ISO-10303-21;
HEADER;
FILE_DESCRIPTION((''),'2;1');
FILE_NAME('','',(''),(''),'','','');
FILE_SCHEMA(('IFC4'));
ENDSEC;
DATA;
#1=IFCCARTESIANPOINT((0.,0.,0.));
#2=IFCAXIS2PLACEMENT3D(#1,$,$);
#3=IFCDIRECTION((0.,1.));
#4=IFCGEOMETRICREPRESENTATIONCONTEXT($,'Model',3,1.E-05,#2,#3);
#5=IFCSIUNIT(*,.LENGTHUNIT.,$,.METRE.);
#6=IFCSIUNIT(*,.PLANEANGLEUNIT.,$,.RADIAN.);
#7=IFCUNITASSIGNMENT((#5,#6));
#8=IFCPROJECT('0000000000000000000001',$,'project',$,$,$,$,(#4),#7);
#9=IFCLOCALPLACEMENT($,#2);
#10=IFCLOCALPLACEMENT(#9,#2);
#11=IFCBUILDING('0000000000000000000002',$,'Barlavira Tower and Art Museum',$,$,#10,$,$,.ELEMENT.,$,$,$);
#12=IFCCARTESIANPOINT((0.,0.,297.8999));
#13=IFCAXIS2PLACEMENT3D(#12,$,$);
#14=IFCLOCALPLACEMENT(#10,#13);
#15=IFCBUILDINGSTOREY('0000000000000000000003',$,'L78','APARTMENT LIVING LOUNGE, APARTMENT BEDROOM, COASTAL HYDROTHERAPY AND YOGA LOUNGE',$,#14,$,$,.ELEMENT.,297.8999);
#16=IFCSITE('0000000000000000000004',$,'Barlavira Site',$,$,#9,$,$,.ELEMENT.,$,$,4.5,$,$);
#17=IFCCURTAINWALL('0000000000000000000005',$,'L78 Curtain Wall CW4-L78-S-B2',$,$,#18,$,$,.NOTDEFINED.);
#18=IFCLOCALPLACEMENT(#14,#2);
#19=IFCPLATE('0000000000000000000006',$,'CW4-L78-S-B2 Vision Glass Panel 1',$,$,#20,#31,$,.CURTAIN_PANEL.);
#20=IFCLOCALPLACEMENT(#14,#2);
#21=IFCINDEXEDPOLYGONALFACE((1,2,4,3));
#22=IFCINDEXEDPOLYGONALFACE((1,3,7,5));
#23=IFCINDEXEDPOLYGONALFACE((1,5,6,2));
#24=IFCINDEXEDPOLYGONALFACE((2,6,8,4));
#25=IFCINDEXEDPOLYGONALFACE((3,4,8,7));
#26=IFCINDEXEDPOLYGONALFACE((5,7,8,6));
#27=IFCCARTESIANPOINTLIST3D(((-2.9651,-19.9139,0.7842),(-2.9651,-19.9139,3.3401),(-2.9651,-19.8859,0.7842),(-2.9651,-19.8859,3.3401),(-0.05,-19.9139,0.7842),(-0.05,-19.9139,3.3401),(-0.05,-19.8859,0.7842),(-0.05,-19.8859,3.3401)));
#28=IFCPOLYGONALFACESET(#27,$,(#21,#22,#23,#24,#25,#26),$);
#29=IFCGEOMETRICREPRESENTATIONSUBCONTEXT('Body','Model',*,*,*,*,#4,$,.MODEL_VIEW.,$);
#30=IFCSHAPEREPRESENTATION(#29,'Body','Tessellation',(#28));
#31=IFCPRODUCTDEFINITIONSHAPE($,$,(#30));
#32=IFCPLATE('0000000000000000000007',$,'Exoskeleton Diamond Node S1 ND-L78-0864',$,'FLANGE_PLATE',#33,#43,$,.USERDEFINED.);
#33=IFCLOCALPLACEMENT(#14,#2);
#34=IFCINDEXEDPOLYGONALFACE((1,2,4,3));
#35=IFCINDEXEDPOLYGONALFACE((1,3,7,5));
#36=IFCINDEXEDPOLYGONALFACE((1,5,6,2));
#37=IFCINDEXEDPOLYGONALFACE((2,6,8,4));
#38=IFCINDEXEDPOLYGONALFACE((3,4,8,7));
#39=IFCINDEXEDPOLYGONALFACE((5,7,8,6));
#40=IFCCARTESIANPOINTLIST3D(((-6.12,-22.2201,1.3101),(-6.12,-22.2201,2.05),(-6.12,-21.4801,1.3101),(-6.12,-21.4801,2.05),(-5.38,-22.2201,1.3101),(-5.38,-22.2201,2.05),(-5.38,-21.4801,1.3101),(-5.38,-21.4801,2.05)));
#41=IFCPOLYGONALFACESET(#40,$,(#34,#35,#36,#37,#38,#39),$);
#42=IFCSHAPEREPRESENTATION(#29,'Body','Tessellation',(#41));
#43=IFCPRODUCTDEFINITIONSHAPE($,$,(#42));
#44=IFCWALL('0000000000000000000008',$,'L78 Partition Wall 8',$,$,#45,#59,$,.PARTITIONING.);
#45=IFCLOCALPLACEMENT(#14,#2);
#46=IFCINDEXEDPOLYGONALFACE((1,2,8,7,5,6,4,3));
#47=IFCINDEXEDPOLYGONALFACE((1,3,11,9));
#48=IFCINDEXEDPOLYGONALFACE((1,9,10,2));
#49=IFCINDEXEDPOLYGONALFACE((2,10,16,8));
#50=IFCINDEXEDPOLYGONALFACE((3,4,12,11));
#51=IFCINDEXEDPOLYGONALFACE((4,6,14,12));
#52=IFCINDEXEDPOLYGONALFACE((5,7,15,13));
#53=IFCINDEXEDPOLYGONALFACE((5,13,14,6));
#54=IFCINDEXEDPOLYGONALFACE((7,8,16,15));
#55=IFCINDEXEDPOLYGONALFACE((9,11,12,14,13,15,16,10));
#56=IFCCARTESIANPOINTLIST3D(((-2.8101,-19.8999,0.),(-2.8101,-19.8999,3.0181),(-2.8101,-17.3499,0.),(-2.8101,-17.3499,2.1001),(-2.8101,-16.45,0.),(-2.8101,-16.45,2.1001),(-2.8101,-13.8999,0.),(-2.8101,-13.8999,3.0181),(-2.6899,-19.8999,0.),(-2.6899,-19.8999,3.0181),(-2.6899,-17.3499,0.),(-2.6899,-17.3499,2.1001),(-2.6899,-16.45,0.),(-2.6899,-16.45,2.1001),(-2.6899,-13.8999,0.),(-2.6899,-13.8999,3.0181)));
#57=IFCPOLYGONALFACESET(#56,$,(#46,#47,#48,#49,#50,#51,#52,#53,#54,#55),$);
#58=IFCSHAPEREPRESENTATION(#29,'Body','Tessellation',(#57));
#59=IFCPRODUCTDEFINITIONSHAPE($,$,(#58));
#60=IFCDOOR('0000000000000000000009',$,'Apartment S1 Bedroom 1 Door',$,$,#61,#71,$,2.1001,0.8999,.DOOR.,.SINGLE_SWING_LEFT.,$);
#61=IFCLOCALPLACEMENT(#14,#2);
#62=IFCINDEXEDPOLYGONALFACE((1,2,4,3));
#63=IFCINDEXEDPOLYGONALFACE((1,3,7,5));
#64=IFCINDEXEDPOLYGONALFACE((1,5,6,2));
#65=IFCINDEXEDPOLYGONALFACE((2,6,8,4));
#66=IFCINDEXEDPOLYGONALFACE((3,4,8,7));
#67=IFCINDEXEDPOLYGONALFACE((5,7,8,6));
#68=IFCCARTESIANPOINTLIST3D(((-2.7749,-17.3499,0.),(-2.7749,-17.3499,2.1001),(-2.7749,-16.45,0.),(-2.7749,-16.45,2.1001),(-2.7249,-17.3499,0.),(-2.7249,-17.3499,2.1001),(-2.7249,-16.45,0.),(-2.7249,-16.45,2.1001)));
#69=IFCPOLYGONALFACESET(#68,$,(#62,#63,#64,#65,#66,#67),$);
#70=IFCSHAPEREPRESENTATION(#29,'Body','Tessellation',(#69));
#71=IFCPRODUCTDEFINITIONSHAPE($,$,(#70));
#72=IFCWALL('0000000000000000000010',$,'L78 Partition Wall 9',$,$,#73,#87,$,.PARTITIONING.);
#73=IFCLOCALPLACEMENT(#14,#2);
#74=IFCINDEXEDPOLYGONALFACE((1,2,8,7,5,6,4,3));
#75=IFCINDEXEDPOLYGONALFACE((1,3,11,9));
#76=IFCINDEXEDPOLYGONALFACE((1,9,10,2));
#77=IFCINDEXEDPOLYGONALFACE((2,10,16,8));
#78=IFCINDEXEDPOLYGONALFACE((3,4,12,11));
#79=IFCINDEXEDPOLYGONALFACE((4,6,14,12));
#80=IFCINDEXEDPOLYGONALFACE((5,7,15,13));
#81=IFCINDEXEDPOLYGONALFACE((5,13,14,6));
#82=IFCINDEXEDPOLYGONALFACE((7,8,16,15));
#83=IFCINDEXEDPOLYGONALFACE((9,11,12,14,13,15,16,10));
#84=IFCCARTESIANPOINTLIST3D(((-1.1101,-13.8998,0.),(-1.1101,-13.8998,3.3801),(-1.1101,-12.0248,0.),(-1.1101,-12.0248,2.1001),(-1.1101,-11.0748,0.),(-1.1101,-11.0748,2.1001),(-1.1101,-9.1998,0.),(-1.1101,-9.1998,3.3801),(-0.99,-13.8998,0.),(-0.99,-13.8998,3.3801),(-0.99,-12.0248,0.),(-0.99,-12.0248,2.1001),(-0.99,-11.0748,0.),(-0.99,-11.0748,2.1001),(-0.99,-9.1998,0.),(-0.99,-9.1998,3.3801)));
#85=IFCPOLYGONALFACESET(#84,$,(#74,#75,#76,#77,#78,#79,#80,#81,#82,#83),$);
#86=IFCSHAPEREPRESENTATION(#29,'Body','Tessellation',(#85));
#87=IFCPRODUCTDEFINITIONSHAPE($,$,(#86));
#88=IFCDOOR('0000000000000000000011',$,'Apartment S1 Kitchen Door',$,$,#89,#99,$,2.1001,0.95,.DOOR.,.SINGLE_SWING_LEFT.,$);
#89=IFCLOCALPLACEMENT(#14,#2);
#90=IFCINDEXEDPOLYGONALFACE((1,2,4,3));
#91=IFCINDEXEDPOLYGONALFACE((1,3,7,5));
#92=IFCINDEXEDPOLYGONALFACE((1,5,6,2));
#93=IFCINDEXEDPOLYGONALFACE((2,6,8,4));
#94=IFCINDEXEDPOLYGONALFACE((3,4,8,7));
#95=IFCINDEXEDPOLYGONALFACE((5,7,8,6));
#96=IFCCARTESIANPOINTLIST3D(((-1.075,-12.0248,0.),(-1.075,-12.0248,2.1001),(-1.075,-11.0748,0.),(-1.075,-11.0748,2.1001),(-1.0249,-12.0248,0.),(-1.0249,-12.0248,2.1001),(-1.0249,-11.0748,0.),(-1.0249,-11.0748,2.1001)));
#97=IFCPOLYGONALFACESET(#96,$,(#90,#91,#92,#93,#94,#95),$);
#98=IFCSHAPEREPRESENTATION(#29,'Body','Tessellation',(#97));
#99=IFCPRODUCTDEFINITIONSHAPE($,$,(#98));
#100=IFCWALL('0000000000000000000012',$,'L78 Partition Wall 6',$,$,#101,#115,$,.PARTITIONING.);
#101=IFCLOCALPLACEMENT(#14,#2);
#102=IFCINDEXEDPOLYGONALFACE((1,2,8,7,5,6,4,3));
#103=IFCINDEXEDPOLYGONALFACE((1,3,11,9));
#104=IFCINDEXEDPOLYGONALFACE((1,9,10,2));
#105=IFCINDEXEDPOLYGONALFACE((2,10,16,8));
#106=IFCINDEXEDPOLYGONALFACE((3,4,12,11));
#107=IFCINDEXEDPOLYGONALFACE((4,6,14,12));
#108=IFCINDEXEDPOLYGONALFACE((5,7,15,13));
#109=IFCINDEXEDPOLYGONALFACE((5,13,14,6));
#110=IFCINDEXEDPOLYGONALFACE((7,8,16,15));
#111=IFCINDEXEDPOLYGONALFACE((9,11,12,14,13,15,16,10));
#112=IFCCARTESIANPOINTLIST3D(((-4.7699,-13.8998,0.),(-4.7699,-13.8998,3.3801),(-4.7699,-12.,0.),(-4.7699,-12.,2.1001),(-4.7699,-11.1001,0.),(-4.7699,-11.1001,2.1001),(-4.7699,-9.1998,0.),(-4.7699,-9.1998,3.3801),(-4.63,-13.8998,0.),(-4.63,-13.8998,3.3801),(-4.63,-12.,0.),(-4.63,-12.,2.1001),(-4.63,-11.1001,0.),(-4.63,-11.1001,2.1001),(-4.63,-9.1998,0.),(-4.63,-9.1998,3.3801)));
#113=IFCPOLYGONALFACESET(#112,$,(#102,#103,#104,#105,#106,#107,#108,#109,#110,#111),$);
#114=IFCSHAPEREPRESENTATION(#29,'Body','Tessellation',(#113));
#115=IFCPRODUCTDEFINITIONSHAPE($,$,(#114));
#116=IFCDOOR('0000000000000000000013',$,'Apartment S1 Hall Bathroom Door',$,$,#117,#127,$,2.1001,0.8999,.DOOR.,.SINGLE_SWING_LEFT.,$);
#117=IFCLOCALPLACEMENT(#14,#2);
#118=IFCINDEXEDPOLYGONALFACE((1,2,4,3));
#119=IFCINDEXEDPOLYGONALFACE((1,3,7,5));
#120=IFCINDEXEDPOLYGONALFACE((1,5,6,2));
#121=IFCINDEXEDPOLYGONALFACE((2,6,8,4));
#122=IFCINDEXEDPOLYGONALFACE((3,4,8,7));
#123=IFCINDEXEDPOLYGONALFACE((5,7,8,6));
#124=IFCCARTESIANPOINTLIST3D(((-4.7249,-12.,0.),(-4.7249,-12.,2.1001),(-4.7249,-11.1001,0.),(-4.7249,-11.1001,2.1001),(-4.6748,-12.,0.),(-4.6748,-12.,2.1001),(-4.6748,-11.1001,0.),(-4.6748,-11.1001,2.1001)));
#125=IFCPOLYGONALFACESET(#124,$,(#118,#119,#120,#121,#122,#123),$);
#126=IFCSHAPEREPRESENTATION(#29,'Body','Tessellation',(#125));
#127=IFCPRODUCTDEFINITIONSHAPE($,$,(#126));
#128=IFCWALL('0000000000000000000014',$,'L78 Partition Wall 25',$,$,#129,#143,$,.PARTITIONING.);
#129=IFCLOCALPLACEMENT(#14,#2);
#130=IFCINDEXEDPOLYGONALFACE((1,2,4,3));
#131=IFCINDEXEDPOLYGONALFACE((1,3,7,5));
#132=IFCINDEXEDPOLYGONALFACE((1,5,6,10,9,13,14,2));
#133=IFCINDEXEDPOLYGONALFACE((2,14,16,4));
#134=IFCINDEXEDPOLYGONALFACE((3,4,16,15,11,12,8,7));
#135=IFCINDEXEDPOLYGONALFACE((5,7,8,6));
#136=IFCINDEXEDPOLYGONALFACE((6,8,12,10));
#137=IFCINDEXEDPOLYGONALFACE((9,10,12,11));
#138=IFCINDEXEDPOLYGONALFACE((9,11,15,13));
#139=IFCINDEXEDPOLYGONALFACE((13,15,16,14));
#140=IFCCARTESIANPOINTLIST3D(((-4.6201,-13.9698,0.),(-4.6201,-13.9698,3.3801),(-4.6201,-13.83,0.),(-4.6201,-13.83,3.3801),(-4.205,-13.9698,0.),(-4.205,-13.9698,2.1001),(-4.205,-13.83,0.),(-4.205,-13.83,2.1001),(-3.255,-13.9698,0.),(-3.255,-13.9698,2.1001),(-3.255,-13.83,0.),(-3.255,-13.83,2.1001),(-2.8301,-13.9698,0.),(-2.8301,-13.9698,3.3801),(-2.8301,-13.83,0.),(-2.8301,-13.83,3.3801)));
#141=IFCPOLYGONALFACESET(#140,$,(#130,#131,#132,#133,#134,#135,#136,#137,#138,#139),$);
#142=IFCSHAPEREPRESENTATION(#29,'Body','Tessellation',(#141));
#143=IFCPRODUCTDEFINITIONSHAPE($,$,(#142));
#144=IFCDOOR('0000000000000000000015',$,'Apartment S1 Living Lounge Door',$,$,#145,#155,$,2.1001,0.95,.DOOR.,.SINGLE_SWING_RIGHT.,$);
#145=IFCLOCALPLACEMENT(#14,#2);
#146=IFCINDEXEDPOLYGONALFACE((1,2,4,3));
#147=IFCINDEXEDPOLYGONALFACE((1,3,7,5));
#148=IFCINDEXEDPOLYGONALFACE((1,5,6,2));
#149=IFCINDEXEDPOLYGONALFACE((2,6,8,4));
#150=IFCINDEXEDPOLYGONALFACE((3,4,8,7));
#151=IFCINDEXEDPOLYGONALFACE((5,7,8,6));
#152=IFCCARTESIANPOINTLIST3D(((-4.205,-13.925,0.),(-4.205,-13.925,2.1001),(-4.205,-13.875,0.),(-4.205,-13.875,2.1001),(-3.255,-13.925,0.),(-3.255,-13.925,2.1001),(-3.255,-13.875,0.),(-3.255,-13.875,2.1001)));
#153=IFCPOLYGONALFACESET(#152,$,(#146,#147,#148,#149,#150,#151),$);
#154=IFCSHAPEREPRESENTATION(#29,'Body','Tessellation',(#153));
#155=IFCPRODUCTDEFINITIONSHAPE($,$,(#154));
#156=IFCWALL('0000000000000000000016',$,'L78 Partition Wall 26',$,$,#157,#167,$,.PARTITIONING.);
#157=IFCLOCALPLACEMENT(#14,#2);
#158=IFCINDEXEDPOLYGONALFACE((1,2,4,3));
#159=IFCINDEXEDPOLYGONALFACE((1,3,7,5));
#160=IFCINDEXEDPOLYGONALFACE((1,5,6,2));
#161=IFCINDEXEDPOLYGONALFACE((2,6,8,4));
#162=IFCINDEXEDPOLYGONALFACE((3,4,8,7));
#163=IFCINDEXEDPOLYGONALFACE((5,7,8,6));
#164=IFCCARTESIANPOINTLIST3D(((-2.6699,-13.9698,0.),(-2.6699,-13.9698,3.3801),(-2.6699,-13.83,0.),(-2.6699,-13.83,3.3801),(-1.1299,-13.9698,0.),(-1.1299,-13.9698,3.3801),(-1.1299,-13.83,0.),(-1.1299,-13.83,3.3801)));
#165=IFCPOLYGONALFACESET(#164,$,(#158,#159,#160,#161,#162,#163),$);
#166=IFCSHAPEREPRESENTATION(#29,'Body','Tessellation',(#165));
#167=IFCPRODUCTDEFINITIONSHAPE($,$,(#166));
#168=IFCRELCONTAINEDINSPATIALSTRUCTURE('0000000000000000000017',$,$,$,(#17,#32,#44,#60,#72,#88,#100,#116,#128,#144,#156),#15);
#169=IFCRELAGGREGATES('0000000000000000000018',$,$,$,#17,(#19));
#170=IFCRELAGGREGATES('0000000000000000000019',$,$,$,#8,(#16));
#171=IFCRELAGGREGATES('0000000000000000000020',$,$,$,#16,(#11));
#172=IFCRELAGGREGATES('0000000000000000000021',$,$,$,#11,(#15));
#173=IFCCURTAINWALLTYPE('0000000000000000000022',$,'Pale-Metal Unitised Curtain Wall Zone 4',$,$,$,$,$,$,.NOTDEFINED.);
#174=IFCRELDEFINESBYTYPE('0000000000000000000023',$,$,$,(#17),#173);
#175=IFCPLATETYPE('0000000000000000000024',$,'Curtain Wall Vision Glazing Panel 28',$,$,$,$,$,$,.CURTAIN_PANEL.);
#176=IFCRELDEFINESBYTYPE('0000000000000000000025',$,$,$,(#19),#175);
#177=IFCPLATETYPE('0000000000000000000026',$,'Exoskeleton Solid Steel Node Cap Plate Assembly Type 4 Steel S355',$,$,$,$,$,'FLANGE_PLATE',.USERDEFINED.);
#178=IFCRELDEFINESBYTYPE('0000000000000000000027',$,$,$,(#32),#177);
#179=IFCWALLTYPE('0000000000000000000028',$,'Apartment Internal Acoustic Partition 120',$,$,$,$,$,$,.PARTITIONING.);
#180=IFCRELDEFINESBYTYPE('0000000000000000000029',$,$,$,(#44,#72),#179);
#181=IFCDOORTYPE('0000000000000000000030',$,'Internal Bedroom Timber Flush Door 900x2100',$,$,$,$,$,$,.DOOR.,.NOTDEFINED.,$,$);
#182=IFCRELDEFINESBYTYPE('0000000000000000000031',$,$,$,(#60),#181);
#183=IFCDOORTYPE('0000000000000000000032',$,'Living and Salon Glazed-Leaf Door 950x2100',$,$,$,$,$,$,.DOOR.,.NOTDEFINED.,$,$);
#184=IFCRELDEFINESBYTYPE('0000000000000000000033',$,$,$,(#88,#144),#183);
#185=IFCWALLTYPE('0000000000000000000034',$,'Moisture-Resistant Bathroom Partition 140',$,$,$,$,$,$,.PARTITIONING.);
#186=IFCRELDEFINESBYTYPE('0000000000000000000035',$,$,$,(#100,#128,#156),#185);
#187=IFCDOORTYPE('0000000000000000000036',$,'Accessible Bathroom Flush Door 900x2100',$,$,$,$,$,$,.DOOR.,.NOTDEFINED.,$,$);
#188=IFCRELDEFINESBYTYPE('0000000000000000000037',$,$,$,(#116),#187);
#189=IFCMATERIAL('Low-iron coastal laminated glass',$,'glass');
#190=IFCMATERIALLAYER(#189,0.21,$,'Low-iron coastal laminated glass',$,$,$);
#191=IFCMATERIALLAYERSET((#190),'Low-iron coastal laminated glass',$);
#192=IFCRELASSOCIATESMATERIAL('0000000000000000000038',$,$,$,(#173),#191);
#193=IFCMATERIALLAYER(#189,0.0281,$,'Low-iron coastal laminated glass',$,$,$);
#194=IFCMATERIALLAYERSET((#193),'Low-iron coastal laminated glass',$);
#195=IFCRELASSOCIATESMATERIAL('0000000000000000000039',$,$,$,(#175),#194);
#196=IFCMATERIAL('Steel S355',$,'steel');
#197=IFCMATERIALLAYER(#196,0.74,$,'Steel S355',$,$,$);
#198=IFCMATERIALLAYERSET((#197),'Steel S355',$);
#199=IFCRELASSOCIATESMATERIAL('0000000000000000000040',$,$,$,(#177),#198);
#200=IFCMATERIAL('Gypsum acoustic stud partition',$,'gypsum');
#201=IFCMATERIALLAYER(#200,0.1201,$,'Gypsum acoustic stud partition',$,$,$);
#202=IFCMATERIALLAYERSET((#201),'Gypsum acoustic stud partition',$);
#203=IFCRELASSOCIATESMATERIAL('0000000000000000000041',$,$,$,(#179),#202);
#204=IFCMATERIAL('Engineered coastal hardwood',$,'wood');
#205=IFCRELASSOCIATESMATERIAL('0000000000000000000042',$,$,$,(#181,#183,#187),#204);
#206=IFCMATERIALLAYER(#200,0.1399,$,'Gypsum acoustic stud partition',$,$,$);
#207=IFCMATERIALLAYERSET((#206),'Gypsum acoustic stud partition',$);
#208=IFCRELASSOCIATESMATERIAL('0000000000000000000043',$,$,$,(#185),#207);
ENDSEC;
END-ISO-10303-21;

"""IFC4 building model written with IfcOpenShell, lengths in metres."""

from ifc_helpers import new_model, si_unit, direction, frame, frame_2d, origin, origin_2d, place, context, subcontext, project, spatial, rectangle, extrude, material, layer, layer_set, type_object, element, fill, aggregate, save


model = new_model("IFC4")

# Units and contexts
model_context = context("Model", 3, precision=1e-05, world=origin(), true_north=direction((0.0, 1.0)))
body_context = subcontext(model_context, "Body", "Model", "MODEL_VIEW")
ifc_project = project(units=[si_unit("LENGTHUNIT", "METRE"), si_unit("PLANEANGLEUNIT", "RADIAN")], contexts=[model_context])

# Site, building, storey
site_placement = place(None, origin())
site = spatial("IfcSite", under=ifc_project, at=site_placement, Name="Barlavira Site", CompositionType="ELEMENT", RefElevation=4.5)
building_placement = place(site_placement, origin())
building = spatial("IfcBuilding", under=site, at=building_placement, Name="Barlavira Tower and Art Museum", CompositionType="ELEMENT")
storey_placement = place(building_placement, frame((0.0, 0.0, 297.8999)))
storey = spatial("IfcBuildingStorey", under=building, at=storey_placement, Name="L78", Description="APARTMENT LIVING LOUNGE, APARTMENT BEDROOM, COASTAL HYDROTHERAPY AND YOGA LOUNGE", CompositionType="ELEMENT", Elevation=297.8999)

# Curtain wall, plate
ifc_material_1 = material(Name="Low-iron coastal laminated glass", Category="glass")
ifc_layer_1 = layer(ifc_material_1, 0.21, Name="Low-iron coastal laminated glass")
ifc_layer_set_1 = layer_set([ifc_layer_1], Name="Low-iron coastal laminated glass")
curtain_wall_type = type_object("IfcCurtainWallType", Name="Pale-Metal Unitised Curtain Wall Zone 4", PredefinedType="NOTDEFINED", material=ifc_layer_set_1)
curtain_wall_placement = place(storey_placement, origin())
curtain_wall = element("IfcCurtainWall", 1, at=curtain_wall_placement, inside=storey, type_object=curtain_wall_type, Name="L78 Curtain Wall CW4-L78-S-B2", PredefinedType="NOTDEFINED")
ifc_layer_2 = layer(ifc_material_1, 0.0281, Name="Low-iron coastal laminated glass")
ifc_layer_set_2 = layer_set([ifc_layer_2], Name="Low-iron coastal laminated glass")
plate_type_1 = type_object("IfcPlateType", Name="Curtain Wall Vision Glazing Panel 28", PredefinedType="CURTAIN_PANEL", material=ifc_layer_set_2)
plate_1_placement = place(storey_placement, frame((-1.5076, -19.8999, 0.7842), z_axis=(0.0, 0.0, 1.0), x_axis=(1.0, 0.0, 0.0)))
plate_1 = element("IfcPlate", 2, at=plate_1_placement, type_object=plate_type_1, Name="CW4-L78-S-B2 Vision Glass Panel 1", PredefinedType="CURTAIN_PANEL", context=body_context, shape_type="SweptSolid", body=[
    extrude(rectangle(XDim=2.915, YDim=0.0281, at=origin_2d()), origin(), (0.0, 0.0, 1.0), 2.5559),
])
aggregate(curtain_wall, [plate_1])

# Plate
ifc_material_2 = material(Name="Steel S355", Category="steel")
ifc_layer_3 = layer(ifc_material_2, 0.74, Name="Steel S355")
ifc_layer_set_3 = layer_set([ifc_layer_3], Name="Steel S355")
plate_type_2 = type_object("IfcPlateType", Name="Exoskeleton Solid Steel Node Cap Plate Assembly Type 4 Steel S355", ElementType="FLANGE_PLATE", PredefinedType="USERDEFINED", material=ifc_layer_set_3)
plate_2_placement = place(storey_placement, frame((-5.75, -21.8501, 1.3101), z_axis=(0.0, 0.0, 1.0), x_axis=(1.0, 0.0, 0.0)))
element("IfcPlate", 3, at=plate_2_placement, inside=storey, type_object=plate_type_2, Name="Exoskeleton Diamond Node S1 ND-L78-0864", ObjectType="FLANGE_PLATE", PredefinedType="USERDEFINED", context=body_context, shape_type="SweptSolid", body=[
    extrude(rectangle(XDim=0.74, YDim=0.74, at=origin_2d()), origin(), (0.0, 0.0, 1.0), 0.74),
])

# Walls, openings, doors
ifc_material_3 = material(Name="Gypsum acoustic stud partition", Category="gypsum")
ifc_layer_4 = layer(ifc_material_3, 0.1201, Name="Gypsum acoustic stud partition")
ifc_layer_set_4 = layer_set([ifc_layer_4], Name="Gypsum acoustic stud partition")
wall_type_1 = type_object("IfcWallType", Name="Apartment Internal Acoustic Partition 120", PredefinedType="PARTITIONING", material=ifc_layer_set_4)
wall_1_placement = place(storey_placement, frame((-2.75, -19.8999, 0.0), z_axis=(0.0, 0.0, 1.0), x_axis=(0.0, 1.0, 0.0)))
wall_1 = element("IfcWall", 4, at=wall_1_placement, inside=storey, type_object=wall_type_1, Name="L78 Partition Wall 8", PredefinedType="PARTITIONING", context=body_context, shape_type="SweptSolid", body=[
    extrude(rectangle(XDim=6.0, YDim=0.1201, at=frame_2d((3.0, 0.0))), origin(), (0.0, 0.0, 1.0), 3.0181),
])
opening_1_placement = place(wall_1_placement, frame((2.55, 0.0, 0.0)))
opening_1 = element("IfcOpeningElement", 5, at=opening_1_placement, cuts=wall_1, PredefinedType="OPENING", context=body_context, shape_type="SweptSolid", body=[
    extrude(rectangle(XDim=0.8999, YDim=2.1001, at=frame_2d((0.45, 1.05))), frame((0.0, 0.0701, 0.0), z_axis=(0.0, -1.0, 0.0), x_axis=(1.0, 0.0, 0.0)), (0.0, 0.0, 1.0), 0.1401),
])
ifc_material_4 = material(Name="Engineered coastal hardwood", Category="wood")
door_type_1 = type_object("IfcDoorType", Name="Internal Bedroom Timber Flush Door 900x2100", OperationType="NOTDEFINED", PredefinedType="DOOR", material=ifc_material_4)
door_1_placement = place(opening_1_placement, origin())
door_1 = element("IfcDoor", 6, at=door_1_placement, inside=storey, type_object=door_type_1, Name="Apartment S1 Bedroom 1 Door", OperationType="SINGLE_SWING_LEFT", OverallHeight=2.1001, OverallWidth=0.8999, PredefinedType="DOOR", context=body_context, shape_type="SweptSolid", body=[
    extrude(rectangle(XDim=0.8999, YDim=2.1001, at=frame_2d((0.45, 1.05))), frame((0.0, 0.0249, 0.0), z_axis=(0.0, -1.0, 0.0), x_axis=(1.0, 0.0, 0.0)), (0.0, 0.0, 1.0), 0.05),
])
fill(opening_1, door_1)
wall_2_placement = place(storey_placement, frame((-1.05, -13.8999, 0.0), z_axis=(0.0, 0.0, 1.0), x_axis=(0.0, 1.0, 0.0)))
wall_2 = element("IfcWall", 7, at=wall_2_placement, inside=storey, type_object=wall_type_1, Name="L78 Partition Wall 9", PredefinedType="PARTITIONING", context=body_context, shape_type="SweptSolid", body=[
    extrude(rectangle(XDim=4.7, YDim=0.1201, at=frame_2d((2.3501, 0.0))), origin(), (0.0, 0.0, 1.0), 3.3801),
])
opening_2_placement = place(wall_2_placement, frame((1.875, 0.0, 0.0)))
opening_2 = element("IfcOpeningElement", 8, at=opening_2_placement, cuts=wall_2, PredefinedType="OPENING", context=body_context, shape_type="SweptSolid", body=[
    extrude(rectangle(XDim=0.95, YDim=2.1001, at=frame_2d((0.4751, 1.05))), frame((0.0, 0.0701, 0.0), z_axis=(0.0, -1.0, 0.0), x_axis=(1.0, 0.0, 0.0)), (0.0, 0.0, 1.0), 0.1401),
])
door_type_2 = type_object("IfcDoorType", Name="Living and Salon Glazed-Leaf Door 950x2100", OperationType="NOTDEFINED", PredefinedType="DOOR", material=ifc_material_4)
door_2_placement = place(opening_2_placement, origin())
door_2 = element("IfcDoor", 9, at=door_2_placement, inside=storey, type_object=door_type_2, Name="Apartment S1 Kitchen Door", OperationType="SINGLE_SWING_LEFT", OverallHeight=2.1001, OverallWidth=0.95, PredefinedType="DOOR", context=body_context, shape_type="SweptSolid", body=[
    extrude(rectangle(XDim=0.95, YDim=2.1001, at=frame_2d((0.4751, 1.05))), frame((0.0, 0.0249, 0.0), z_axis=(0.0, -1.0, 0.0), x_axis=(1.0, 0.0, 0.0)), (0.0, 0.0, 1.0), 0.05),
])
fill(opening_2, door_2)
ifc_layer_5 = layer(ifc_material_3, 0.1399, Name="Gypsum acoustic stud partition")
ifc_layer_set_5 = layer_set([ifc_layer_5], Name="Gypsum acoustic stud partition")
wall_type_2 = type_object("IfcWallType", Name="Moisture-Resistant Bathroom Partition 140", PredefinedType="PARTITIONING", material=ifc_layer_set_5)
wall_3_placement = place(storey_placement, frame((-4.7, -13.8999, 0.0), z_axis=(0.0, 0.0, 1.0), x_axis=(0.0, 1.0, 0.0)))
wall_3 = element("IfcWall", 10, at=wall_3_placement, inside=storey, type_object=wall_type_2, Name="L78 Partition Wall 6", PredefinedType="PARTITIONING", context=body_context, shape_type="SweptSolid", body=[
    extrude(rectangle(XDim=4.7, YDim=0.1399, at=frame_2d((2.3501, 0.0))), origin(), (0.0, 0.0, 1.0), 3.3801),
])
opening_3_placement = place(wall_3_placement, frame((1.8999, 0.0, 0.0)))
opening_3 = element("IfcOpeningElement", 11, at=opening_3_placement, cuts=wall_3, PredefinedType="OPENING", context=body_context, shape_type="SweptSolid", body=[
    extrude(rectangle(XDim=0.8999, YDim=2.1001, at=frame_2d((0.45, 1.05))), frame((0.0, 0.0801, 0.0), z_axis=(0.0, -1.0, 0.0), x_axis=(1.0, 0.0, 0.0)), (0.0, 0.0, 1.0), 0.1599),
])
door_type_3 = type_object("IfcDoorType", Name="Accessible Bathroom Flush Door 900x2100", OperationType="NOTDEFINED", PredefinedType="DOOR", material=ifc_material_4)
door_3_placement = place(opening_3_placement, origin())
door_3 = element("IfcDoor", 12, at=door_3_placement, inside=storey, type_object=door_type_3, Name="Apartment S1 Hall Bathroom Door", OperationType="SINGLE_SWING_LEFT", OverallHeight=2.1001, OverallWidth=0.8999, PredefinedType="DOOR", context=body_context, shape_type="SweptSolid", body=[
    extrude(rectangle(XDim=0.8999, YDim=2.1001, at=frame_2d((0.45, 1.05))), frame((0.0, 0.0249, 0.0), z_axis=(0.0, -1.0, 0.0), x_axis=(1.0, 0.0, 0.0)), (0.0, 0.0, 1.0), 0.05),
])
fill(opening_3, door_3)
wall_4_placement = place(storey_placement, frame((-4.6201, -13.8999, 0.0), z_axis=(0.0, 0.0, 1.0), x_axis=(1.0, 0.0, 0.0)))
wall_4 = element("IfcWall", 13, at=wall_4_placement, inside=storey, type_object=wall_type_2, Name="L78 Partition Wall 25", PredefinedType="PARTITIONING", context=body_context, shape_type="SweptSolid", body=[
    extrude(rectangle(XDim=1.79, YDim=0.1399, at=frame_2d((0.895, 0.0))), origin(), (0.0, 0.0, 1.0), 3.3801),
])
opening_4_placement = place(wall_4_placement, frame((0.415, 0.0, 0.0)))
opening_4 = element("IfcOpeningElement", 14, at=opening_4_placement, cuts=wall_4, PredefinedType="OPENING", context=body_context, shape_type="SweptSolid", body=[
    extrude(rectangle(XDim=0.95, YDim=2.1001, at=frame_2d((0.4751, 1.05))), frame((0.0, 0.0801, 0.0), z_axis=(0.0, -1.0, 0.0), x_axis=(1.0, 0.0, 0.0)), (0.0, 0.0, 1.0), 0.1599),
])
door_4_placement = place(opening_4_placement, origin())
door_4 = element("IfcDoor", 15, at=door_4_placement, inside=storey, type_object=door_type_2, Name="Apartment S1 Living Lounge Door", OperationType="SINGLE_SWING_RIGHT", OverallHeight=2.1001, OverallWidth=0.95, PredefinedType="DOOR", context=body_context, shape_type="SweptSolid", body=[
    extrude(rectangle(XDim=0.95, YDim=2.1001, at=frame_2d((0.4751, 1.05))), frame((0.0, 0.0249, 0.0), z_axis=(0.0, -1.0, 0.0), x_axis=(1.0, 0.0, 0.0)), (0.0, 0.0, 1.0), 0.05),
])
fill(opening_4, door_4)

# Wall
wall_5_placement = place(storey_placement, frame((-2.6699, -13.8999, 0.0), z_axis=(0.0, 0.0, 1.0), x_axis=(1.0, 0.0, 0.0)))
element("IfcWall", 16, at=wall_5_placement, inside=storey, type_object=wall_type_2, Name="L78 Partition Wall 26", PredefinedType="PARTITIONING", context=body_context, shape_type="SweptSolid", body=[
    extrude(rectangle(XDim=1.54, YDim=0.1399, at=frame_2d((0.77, 0.0))), origin(), (0.0, 0.0, 1.0), 3.3801),
])

save(model, "model.ifc")
